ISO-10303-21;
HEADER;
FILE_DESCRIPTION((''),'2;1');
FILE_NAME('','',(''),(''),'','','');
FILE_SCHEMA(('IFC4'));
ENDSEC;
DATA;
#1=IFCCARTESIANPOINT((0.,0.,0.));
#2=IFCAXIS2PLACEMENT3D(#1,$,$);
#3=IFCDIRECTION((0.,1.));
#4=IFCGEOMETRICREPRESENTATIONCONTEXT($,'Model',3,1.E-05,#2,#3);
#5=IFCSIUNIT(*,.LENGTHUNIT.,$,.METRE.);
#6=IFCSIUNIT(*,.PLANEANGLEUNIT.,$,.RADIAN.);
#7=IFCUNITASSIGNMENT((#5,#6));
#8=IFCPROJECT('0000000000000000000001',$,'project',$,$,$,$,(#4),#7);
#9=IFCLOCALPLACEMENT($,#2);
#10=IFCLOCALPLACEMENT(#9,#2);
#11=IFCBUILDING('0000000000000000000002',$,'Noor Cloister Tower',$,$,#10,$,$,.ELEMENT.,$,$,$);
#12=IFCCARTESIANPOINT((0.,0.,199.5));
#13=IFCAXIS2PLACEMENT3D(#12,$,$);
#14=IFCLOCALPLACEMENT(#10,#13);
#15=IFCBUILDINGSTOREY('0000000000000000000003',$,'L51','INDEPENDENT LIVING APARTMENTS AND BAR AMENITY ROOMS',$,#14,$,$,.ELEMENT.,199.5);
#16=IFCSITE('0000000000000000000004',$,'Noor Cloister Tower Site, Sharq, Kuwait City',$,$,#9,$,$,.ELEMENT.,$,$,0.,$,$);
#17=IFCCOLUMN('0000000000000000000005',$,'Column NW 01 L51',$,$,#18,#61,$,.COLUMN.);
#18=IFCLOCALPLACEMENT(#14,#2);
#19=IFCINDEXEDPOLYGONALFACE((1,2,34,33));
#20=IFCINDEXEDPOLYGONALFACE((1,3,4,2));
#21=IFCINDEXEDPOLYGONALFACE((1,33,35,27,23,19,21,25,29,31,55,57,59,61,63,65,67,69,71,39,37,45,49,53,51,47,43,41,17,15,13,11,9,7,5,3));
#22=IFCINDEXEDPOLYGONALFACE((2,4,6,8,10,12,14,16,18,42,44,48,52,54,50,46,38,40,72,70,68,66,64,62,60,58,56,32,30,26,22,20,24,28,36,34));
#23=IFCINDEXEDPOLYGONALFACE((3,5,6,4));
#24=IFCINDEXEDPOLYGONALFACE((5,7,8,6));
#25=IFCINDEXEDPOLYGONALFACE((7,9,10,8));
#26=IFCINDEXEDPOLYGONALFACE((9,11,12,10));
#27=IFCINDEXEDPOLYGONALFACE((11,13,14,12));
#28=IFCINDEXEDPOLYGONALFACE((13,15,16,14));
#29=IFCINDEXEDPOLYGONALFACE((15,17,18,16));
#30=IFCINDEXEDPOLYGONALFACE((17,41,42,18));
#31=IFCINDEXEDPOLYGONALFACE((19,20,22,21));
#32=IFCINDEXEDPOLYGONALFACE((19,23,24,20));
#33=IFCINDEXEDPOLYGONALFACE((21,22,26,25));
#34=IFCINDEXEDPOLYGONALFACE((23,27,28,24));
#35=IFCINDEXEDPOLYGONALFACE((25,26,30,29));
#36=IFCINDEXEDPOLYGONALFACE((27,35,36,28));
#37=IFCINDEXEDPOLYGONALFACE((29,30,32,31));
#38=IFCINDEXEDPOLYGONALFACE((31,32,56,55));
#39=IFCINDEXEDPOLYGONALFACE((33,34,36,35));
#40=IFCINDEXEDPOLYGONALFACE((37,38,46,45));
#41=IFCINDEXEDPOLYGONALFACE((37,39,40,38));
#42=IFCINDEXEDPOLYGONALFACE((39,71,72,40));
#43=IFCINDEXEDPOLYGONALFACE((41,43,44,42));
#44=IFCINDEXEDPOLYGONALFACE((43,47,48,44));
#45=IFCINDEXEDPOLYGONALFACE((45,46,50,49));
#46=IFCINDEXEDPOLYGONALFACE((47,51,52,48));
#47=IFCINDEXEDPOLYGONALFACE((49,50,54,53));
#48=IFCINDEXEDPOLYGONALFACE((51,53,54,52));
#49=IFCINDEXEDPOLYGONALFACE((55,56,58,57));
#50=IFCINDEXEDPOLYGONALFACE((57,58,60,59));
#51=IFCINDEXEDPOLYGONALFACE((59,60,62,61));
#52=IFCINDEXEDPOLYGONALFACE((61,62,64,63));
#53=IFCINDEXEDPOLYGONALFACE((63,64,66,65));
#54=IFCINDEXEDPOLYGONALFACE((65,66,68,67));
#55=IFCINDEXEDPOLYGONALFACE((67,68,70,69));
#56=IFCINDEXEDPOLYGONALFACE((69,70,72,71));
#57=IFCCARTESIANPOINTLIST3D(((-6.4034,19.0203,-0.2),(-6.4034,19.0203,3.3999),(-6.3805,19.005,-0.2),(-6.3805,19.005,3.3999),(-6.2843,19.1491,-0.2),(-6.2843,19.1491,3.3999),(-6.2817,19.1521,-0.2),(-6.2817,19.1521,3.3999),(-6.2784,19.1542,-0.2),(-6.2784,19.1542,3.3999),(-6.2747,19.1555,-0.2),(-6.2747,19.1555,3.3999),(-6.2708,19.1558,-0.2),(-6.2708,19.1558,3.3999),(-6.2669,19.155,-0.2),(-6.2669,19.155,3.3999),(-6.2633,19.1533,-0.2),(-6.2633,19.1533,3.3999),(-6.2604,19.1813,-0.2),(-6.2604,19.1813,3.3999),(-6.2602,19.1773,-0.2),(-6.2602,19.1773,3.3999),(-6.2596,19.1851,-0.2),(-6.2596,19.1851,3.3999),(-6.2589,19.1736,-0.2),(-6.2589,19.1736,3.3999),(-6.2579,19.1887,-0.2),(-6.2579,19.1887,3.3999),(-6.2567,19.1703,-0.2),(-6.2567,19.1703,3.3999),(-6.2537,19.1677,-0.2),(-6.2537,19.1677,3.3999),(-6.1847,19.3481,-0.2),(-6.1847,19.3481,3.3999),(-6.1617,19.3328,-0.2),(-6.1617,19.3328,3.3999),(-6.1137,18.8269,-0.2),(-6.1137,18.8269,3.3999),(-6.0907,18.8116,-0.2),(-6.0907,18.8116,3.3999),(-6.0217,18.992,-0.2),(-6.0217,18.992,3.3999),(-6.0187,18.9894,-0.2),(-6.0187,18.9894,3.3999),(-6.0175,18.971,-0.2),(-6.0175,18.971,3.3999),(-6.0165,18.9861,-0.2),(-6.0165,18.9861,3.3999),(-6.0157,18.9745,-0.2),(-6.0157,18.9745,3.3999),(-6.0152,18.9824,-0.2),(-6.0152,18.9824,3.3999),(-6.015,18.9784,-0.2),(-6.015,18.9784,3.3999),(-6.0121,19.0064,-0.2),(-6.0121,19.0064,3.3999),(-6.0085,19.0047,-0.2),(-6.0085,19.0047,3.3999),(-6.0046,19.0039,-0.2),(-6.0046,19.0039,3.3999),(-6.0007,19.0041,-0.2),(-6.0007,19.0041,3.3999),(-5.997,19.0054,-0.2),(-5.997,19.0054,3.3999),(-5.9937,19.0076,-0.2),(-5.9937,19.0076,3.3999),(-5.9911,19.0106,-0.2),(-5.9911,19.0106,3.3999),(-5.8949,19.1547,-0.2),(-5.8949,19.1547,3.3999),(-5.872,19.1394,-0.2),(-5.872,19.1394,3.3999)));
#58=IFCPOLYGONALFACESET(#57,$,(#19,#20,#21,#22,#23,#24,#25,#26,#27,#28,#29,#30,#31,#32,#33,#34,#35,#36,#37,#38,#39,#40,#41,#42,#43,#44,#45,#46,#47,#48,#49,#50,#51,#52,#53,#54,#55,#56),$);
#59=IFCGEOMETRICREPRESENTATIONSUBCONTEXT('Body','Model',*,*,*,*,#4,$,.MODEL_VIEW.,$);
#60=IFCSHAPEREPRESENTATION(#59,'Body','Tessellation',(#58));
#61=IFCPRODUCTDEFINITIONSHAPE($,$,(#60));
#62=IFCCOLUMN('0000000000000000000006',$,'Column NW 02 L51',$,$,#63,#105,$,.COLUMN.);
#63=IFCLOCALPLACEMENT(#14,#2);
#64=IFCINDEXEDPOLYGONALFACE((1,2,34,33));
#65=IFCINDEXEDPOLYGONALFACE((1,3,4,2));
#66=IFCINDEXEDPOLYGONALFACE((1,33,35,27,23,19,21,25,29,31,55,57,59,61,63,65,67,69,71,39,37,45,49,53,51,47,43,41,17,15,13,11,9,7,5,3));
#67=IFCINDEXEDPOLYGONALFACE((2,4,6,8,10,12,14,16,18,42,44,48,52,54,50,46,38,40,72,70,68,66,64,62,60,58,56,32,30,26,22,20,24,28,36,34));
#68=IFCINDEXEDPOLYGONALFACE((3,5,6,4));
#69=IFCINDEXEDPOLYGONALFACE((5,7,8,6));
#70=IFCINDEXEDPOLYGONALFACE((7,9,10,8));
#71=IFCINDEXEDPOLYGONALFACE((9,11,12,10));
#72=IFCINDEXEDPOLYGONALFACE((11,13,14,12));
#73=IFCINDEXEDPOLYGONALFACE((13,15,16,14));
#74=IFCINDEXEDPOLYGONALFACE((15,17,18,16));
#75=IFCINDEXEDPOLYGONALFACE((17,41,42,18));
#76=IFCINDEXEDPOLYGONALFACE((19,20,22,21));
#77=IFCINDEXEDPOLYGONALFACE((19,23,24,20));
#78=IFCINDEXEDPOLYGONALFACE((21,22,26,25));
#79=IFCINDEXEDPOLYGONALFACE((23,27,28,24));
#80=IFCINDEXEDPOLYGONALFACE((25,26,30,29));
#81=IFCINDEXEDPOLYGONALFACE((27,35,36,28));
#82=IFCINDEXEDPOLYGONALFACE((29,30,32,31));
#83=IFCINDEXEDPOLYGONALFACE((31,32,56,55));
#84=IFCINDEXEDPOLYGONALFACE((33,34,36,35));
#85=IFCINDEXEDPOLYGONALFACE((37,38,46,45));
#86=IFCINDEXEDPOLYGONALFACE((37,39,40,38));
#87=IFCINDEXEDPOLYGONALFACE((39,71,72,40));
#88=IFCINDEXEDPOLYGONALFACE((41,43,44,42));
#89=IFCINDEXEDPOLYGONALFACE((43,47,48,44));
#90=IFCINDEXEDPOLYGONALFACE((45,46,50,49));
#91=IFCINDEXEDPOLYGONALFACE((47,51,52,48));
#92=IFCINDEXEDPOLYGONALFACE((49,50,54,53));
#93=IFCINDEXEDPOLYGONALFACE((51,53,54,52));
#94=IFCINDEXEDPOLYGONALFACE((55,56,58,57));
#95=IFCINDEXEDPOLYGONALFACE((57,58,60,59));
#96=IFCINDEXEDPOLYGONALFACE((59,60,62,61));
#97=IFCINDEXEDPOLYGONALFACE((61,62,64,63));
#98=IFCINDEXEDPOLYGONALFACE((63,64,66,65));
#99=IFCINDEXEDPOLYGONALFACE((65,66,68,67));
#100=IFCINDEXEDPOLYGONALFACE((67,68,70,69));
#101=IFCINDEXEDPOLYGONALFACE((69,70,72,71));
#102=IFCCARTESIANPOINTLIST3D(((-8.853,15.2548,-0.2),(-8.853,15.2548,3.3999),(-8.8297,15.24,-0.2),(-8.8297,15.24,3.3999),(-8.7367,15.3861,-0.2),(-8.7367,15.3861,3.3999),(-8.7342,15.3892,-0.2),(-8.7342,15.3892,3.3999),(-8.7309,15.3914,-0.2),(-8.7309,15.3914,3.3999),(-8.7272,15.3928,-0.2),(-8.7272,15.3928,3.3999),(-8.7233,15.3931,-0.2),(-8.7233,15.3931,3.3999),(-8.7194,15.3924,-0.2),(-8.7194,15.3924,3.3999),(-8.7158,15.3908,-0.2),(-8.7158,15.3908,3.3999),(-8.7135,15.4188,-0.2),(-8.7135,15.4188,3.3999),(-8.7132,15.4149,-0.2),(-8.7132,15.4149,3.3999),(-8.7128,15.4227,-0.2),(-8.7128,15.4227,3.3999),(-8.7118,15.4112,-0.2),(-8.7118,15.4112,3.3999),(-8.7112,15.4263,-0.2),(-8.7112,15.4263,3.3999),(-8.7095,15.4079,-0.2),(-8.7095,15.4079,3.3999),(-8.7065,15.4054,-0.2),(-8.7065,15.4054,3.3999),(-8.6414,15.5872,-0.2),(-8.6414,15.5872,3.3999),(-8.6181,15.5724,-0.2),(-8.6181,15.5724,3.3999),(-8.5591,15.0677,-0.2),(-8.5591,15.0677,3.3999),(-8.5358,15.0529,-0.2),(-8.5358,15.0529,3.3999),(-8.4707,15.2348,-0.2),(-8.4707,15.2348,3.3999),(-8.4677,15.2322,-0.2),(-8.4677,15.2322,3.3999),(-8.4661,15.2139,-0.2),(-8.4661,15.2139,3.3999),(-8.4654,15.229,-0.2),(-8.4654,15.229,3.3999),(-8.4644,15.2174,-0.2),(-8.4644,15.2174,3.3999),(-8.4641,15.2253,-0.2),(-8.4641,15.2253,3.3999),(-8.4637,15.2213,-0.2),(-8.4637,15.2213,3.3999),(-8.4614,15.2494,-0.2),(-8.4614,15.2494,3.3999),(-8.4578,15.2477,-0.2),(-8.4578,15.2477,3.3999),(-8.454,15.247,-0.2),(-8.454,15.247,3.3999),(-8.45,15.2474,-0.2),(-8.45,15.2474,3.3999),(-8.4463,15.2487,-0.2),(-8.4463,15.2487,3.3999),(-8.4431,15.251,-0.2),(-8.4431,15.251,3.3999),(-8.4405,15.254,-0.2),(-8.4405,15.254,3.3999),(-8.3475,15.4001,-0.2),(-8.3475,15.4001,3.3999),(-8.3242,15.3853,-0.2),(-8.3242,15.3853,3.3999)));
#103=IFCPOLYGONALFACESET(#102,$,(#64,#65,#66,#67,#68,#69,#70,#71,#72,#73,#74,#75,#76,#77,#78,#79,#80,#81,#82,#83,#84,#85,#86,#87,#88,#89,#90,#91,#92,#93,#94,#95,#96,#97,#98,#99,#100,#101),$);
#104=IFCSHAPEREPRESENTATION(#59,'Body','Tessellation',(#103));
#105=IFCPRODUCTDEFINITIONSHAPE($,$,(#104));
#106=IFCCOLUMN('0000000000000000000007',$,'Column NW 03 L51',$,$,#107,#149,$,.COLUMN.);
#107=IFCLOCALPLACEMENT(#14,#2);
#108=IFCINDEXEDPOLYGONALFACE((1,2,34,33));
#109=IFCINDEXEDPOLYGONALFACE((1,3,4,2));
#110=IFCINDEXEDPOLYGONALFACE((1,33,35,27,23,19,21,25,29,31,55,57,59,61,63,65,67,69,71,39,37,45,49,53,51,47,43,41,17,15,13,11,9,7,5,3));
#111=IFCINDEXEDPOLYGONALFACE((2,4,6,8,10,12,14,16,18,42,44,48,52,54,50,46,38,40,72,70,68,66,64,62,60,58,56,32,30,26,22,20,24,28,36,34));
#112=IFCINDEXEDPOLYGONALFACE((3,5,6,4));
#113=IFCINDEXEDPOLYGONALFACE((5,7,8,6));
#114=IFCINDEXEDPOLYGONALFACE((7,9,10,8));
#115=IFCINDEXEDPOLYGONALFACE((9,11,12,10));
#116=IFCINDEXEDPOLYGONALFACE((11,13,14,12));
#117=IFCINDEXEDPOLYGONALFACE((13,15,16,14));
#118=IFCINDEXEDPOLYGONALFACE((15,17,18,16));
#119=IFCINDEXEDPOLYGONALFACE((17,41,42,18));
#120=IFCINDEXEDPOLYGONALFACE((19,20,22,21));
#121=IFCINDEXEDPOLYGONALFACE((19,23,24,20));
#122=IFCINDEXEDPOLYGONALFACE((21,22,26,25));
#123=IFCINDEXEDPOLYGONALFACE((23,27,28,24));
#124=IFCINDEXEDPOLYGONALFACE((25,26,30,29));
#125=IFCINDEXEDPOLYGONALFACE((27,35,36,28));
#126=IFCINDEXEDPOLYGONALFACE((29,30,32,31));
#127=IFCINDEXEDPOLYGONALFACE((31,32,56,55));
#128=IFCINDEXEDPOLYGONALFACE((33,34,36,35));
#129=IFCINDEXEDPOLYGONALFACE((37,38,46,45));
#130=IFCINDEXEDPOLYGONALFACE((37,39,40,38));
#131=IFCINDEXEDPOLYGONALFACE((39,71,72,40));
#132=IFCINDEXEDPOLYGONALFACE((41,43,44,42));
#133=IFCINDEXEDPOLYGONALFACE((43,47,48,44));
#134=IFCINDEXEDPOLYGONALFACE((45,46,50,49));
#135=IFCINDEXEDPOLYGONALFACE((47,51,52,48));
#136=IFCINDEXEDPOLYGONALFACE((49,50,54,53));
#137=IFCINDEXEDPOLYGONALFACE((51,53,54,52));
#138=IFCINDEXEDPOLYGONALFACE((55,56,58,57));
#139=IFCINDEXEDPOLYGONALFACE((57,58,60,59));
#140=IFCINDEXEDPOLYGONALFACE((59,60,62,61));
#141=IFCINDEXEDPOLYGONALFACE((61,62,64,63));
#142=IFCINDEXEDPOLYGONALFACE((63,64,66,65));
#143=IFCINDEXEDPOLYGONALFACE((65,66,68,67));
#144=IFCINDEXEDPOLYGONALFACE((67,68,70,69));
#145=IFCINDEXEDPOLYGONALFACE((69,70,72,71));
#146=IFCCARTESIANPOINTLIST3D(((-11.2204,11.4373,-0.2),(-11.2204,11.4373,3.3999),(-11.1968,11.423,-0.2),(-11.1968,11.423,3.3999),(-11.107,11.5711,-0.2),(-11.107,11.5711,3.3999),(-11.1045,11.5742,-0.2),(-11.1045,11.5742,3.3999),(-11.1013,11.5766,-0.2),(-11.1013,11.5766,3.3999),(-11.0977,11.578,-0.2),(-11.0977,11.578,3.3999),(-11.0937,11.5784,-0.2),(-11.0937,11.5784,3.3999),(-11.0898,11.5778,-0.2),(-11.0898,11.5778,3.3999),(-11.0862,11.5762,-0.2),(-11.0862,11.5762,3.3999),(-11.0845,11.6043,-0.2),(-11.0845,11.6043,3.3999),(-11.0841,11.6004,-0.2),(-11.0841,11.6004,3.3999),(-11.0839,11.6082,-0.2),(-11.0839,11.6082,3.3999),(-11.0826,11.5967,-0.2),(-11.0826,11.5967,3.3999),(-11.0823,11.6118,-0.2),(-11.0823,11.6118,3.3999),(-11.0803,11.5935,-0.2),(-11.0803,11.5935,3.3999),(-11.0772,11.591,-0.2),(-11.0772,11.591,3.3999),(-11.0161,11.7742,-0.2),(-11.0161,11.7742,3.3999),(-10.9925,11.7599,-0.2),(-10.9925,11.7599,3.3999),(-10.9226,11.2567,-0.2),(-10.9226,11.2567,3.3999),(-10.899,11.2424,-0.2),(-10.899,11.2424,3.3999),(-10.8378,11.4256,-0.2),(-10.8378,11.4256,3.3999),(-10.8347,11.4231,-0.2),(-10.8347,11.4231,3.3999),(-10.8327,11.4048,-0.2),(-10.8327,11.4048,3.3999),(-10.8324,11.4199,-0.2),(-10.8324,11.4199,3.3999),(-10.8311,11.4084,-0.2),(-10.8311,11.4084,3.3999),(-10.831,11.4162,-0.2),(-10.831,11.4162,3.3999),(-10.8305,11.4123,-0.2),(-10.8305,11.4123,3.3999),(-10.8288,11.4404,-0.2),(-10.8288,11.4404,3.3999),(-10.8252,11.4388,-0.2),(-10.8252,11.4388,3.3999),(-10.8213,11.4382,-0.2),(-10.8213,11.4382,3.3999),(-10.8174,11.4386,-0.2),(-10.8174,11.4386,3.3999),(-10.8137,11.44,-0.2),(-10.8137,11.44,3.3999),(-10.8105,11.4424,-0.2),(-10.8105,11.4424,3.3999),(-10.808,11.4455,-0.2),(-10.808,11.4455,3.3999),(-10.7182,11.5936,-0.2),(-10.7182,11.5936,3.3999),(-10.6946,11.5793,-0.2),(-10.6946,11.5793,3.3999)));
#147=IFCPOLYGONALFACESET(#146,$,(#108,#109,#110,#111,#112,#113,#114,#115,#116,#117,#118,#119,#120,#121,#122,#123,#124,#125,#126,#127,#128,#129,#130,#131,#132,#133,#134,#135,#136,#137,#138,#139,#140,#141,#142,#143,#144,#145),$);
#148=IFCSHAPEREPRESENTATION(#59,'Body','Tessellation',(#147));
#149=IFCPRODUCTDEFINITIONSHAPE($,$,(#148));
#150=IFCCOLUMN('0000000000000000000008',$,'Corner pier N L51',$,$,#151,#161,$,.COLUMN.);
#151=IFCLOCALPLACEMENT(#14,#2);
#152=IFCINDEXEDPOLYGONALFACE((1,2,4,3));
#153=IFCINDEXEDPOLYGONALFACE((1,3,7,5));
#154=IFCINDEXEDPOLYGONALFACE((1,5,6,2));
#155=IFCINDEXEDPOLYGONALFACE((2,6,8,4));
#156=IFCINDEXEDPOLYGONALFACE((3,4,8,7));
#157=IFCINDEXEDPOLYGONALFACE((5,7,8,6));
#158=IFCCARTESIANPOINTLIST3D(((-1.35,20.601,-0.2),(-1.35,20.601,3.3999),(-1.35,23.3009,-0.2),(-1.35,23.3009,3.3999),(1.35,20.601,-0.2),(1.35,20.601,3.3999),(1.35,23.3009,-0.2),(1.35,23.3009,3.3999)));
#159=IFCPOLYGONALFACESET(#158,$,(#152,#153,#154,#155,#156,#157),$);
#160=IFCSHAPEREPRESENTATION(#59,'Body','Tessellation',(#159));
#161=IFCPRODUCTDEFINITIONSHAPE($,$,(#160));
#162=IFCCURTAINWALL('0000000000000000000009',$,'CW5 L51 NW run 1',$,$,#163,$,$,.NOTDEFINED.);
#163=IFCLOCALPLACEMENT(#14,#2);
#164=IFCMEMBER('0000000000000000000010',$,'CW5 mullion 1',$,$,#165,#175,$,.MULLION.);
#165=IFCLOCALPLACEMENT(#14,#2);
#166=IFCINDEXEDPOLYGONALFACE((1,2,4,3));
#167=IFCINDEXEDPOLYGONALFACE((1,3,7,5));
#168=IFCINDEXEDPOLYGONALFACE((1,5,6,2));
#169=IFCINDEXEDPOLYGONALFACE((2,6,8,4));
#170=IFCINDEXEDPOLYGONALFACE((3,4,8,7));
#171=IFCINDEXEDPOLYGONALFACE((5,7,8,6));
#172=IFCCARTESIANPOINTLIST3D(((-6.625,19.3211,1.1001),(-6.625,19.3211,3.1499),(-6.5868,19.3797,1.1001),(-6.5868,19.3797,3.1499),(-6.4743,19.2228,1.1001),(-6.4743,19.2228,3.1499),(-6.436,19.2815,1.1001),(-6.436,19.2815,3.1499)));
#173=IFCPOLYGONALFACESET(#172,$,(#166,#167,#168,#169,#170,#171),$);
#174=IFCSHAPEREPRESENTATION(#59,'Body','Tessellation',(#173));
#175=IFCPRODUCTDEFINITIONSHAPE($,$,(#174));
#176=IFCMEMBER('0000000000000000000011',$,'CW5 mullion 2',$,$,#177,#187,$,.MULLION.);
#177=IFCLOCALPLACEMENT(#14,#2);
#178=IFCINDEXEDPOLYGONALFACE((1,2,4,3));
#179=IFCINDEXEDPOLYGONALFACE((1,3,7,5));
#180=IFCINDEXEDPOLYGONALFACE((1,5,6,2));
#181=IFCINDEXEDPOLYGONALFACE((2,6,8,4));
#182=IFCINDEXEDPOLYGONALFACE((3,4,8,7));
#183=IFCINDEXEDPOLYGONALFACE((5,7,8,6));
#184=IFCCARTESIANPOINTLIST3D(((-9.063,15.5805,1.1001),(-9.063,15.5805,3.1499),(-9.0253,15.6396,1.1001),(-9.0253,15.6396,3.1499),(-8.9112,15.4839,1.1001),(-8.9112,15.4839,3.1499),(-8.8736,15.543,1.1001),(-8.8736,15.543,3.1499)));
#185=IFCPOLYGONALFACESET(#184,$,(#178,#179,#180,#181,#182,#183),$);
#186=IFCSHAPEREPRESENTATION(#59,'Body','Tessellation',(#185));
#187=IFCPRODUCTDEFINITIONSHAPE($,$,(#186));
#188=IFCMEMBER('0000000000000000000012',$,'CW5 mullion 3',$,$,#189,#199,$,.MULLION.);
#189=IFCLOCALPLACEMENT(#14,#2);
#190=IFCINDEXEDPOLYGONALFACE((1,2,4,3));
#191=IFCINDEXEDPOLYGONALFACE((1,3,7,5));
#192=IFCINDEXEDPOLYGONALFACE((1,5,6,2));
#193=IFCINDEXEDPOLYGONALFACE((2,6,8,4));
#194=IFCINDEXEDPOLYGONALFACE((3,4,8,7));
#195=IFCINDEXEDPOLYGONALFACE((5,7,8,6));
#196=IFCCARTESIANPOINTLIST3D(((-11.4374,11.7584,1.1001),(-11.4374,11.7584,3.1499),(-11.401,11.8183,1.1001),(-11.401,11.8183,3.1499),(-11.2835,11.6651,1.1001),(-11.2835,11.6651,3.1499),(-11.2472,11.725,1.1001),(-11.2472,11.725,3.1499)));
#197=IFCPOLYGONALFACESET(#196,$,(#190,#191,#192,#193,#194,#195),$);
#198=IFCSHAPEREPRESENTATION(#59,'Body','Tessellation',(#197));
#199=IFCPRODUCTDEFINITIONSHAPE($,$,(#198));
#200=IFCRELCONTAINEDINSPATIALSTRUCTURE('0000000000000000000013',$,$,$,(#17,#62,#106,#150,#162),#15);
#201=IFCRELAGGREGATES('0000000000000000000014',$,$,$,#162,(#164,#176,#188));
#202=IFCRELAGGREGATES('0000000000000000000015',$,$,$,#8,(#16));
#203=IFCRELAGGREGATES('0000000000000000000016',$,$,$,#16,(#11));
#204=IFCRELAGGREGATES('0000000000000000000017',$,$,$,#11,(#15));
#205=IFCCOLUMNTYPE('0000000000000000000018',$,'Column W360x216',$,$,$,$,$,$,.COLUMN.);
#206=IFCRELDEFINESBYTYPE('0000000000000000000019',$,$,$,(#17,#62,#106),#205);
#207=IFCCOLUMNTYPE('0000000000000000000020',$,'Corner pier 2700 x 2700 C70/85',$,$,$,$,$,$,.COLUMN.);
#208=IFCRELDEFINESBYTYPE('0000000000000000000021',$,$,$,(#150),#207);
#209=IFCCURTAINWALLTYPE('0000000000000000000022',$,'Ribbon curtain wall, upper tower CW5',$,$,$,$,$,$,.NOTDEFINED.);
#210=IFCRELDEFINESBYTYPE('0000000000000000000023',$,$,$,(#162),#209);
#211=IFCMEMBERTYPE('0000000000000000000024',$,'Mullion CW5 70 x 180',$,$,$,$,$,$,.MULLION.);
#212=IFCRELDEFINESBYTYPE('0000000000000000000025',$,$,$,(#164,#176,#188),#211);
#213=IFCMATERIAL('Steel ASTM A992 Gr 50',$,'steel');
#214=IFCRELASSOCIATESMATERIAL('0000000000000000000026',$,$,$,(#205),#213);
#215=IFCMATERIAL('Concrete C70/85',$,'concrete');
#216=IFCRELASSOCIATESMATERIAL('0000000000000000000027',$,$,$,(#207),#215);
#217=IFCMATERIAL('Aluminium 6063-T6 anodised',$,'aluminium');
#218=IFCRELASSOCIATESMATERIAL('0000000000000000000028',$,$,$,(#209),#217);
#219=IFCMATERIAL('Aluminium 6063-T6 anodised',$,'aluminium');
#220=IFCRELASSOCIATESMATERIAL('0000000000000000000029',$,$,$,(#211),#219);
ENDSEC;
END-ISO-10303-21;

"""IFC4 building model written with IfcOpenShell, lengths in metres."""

from ifc_helpers import new_model, si_unit, direction, frame, origin, origin_2d, place, context, subcontext, project, spatial, rectangle, i_section, extrude, material, material_profile, profile_set, type_object, element, aggregate, save


model = new_model("IFC4")

# Units and contexts
model_context = context("Model", 3, precision=1e-05, world=origin(), true_north=direction((0.0, 1.0)))
body_context = subcontext(model_context, "Body", "Model", "MODEL_VIEW")
ifc_project = project(units=[si_unit("LENGTHUNIT", "METRE"), si_unit("PLANEANGLEUNIT", "RADIAN")], contexts=[model_context])

# Site, building, storey
site_placement = place(None, origin())
site = spatial("IfcSite", under=ifc_project, at=site_placement, Name="Noor Cloister Tower Site, Sharq, Kuwait City", CompositionType="ELEMENT", RefElevation=0.0)
building_placement = place(site_placement, origin())
building = spatial("IfcBuilding", under=site, at=building_placement, Name="Noor Cloister Tower", CompositionType="ELEMENT")
storey_placement = place(building_placement, frame((0.0, 0.0, 199.5)))
storey = spatial("IfcBuildingStorey", under=building, at=storey_placement, Name="L51", Description="INDEPENDENT LIVING APARTMENTS AND BAR AMENITY ROOMS", CompositionType="ELEMENT", Elevation=199.5)

# Columns
ifc_material_1 = material(Name="Steel ASTM A992 Gr 50", Category="steel")
ifc_material_profile_1 = material_profile(ifc_material_1, i_section(OverallWidth=0.394, OverallDepth=0.376, WebThickness=0.0173, FlangeThickness=0.0276, FilletRadius=0.0151, at=origin_2d()), Name="W360x216")
ifc_profile_set_1 = profile_set([ifc_material_profile_1], Name="Steel ASTM A992 Gr 50")
column_type_1 = type_object("IfcColumnType", Name="Column W360x216", PredefinedType="COLUMN", material=ifc_profile_set_1)
for number, where, z_axis, x_axis, name in (
    (1, (-6.1377, 19.0798, -0.2), (0.0, 0.0, 1.0), (-0.55513, -0.831763, 0.0), "Column NW 01 L51"),
    (2, (-8.5886, 15.3201, -0.2), (0.0, 0.0, 1.0), (-0.537002, -0.843581, 0.0), "Column NW 02 L51"),
    (3, (-10.9575, 11.5083, -0.2), (0.0, 0.0, 1.0), (-0.518623, -0.855003, 0.0), "Column NW 03 L51"),
):
    element("IfcColumn", number, at=place(storey_placement, frame(where, z_axis=z_axis, x_axis=x_axis)), inside=storey, type_object=column_type_1, Name=name, PredefinedType="COLUMN", context=body_context, shape_type="SweptSolid", body=[
        extrude(i_section(OverallWidth=0.394, OverallDepth=0.376, WebThickness=0.0173, FlangeThickness=0.0276, FilletRadius=0.0151, at=origin_2d()), origin(), (0.0, 0.0, 1.0), 3.5999),
    ])
ifc_material_2 = material(Name="Concrete C70/85", Category="concrete")
ifc_material_profile_2 = material_profile(ifc_material_2, rectangle(XDim=2.7, YDim=2.7, at=origin_2d()), Name="RC 2700x2700")
ifc_profile_set_2 = profile_set([ifc_material_profile_2], Name="Concrete C70/85")
column_type_2 = type_object("IfcColumnType", Name="Corner pier 2700 x 2700 C70/85", PredefinedType="COLUMN", material=ifc_profile_set_2)
column_placement = place(storey_placement, frame((0.0, 21.9509, -0.2), z_axis=(0.0, 0.0, 1.0), x_axis=(0.0, 1.0, 0.0)))
element("IfcColumn", 4, at=column_placement, inside=storey, type_object=column_type_2, Name="Corner pier N L51", PredefinedType="COLUMN", context=body_context, shape_type="SweptSolid", body=[
    extrude(rectangle(XDim=2.7, YDim=2.7, at=origin_2d()), origin(), (0.0, 0.0, 1.0), 3.5999),
])

# Curtain wall, members
ifc_material_3 = material(Name="Aluminium 6063-T6 anodised", Category="aluminium")
curtain_wall_type = type_object("IfcCurtainWallType", Name="Ribbon curtain wall, upper tower CW5", PredefinedType="NOTDEFINED", material=ifc_material_3)
curtain_wall_placement = place(storey_placement, origin())
curtain_wall = element("IfcCurtainWall", 5, at=curtain_wall_placement, inside=storey, type_object=curtain_wall_type, Name="CW5 L51 NW run 1", PredefinedType="NOTDEFINED")
ifc_material_4 = material(Name="Aluminium 6063-T6 anodised", Category="aluminium")
ifc_material_profile_3 = material_profile(ifc_material_4, rectangle(XDim=0.1799, YDim=0.0701, at=origin_2d()), Name="180 x 70 mullion")
ifc_profile_set_3 = profile_set([ifc_material_profile_3], Name="Aluminium 6063-T6 anodised")
member_type = type_object("IfcMemberType", Name="Mullion CW5 70 x 180", PredefinedType="MULLION", material=ifc_profile_set_3)
member_1_placement = place(storey_placement, frame((-6.5305, 19.3013, 1.1001), z_axis=(0.0, 0.0, 1.0), x_axis=(0.837721, -0.546098, 0.0)))
member_1 = element("IfcMember", 6, at=member_1_placement, type_object=member_type, Name="CW5 mullion 1", PredefinedType="MULLION", context=body_context, shape_type="SweptSolid", body=[
    extrude(rectangle(XDim=0.1799, YDim=0.0701, at=origin_2d()), origin(), (0.0, 0.0, 1.0), 2.0498),
])
member_2_placement = place(storey_placement, frame((-8.9683, 15.5618, 1.1001), z_axis=(0.0, 0.0, 1.0), x_axis=(0.843581, -0.537002, 0.0)))
member_2 = element("IfcMember", 7, at=member_2_placement, type_object=member_type, Name="CW5 mullion 2", PredefinedType="MULLION", context=body_context, shape_type="SweptSolid", body=[
    extrude(rectangle(XDim=0.1799, YDim=0.0701, at=origin_2d()), origin(), (0.0, 0.0, 1.0), 2.0498),
])
member_3_placement = place(storey_placement, frame((-11.3423, 11.7417, 1.1001), z_axis=(0.0, 0.0, 1.0), x_axis=(0.855003, -0.518623, 0.0)))
member_3 = element("IfcMember", 8, at=member_3_placement, type_object=member_type, Name="CW5 mullion 3", PredefinedType="MULLION", context=body_context, shape_type="SweptSolid", body=[
    extrude(rectangle(XDim=0.1799, YDim=0.0701, at=origin_2d()), origin(), (0.0, 0.0, 1.0), 2.0498),
])

aggregate(curtain_wall, [member_1, member_2, member_3])

save(model, "model.ifc")
